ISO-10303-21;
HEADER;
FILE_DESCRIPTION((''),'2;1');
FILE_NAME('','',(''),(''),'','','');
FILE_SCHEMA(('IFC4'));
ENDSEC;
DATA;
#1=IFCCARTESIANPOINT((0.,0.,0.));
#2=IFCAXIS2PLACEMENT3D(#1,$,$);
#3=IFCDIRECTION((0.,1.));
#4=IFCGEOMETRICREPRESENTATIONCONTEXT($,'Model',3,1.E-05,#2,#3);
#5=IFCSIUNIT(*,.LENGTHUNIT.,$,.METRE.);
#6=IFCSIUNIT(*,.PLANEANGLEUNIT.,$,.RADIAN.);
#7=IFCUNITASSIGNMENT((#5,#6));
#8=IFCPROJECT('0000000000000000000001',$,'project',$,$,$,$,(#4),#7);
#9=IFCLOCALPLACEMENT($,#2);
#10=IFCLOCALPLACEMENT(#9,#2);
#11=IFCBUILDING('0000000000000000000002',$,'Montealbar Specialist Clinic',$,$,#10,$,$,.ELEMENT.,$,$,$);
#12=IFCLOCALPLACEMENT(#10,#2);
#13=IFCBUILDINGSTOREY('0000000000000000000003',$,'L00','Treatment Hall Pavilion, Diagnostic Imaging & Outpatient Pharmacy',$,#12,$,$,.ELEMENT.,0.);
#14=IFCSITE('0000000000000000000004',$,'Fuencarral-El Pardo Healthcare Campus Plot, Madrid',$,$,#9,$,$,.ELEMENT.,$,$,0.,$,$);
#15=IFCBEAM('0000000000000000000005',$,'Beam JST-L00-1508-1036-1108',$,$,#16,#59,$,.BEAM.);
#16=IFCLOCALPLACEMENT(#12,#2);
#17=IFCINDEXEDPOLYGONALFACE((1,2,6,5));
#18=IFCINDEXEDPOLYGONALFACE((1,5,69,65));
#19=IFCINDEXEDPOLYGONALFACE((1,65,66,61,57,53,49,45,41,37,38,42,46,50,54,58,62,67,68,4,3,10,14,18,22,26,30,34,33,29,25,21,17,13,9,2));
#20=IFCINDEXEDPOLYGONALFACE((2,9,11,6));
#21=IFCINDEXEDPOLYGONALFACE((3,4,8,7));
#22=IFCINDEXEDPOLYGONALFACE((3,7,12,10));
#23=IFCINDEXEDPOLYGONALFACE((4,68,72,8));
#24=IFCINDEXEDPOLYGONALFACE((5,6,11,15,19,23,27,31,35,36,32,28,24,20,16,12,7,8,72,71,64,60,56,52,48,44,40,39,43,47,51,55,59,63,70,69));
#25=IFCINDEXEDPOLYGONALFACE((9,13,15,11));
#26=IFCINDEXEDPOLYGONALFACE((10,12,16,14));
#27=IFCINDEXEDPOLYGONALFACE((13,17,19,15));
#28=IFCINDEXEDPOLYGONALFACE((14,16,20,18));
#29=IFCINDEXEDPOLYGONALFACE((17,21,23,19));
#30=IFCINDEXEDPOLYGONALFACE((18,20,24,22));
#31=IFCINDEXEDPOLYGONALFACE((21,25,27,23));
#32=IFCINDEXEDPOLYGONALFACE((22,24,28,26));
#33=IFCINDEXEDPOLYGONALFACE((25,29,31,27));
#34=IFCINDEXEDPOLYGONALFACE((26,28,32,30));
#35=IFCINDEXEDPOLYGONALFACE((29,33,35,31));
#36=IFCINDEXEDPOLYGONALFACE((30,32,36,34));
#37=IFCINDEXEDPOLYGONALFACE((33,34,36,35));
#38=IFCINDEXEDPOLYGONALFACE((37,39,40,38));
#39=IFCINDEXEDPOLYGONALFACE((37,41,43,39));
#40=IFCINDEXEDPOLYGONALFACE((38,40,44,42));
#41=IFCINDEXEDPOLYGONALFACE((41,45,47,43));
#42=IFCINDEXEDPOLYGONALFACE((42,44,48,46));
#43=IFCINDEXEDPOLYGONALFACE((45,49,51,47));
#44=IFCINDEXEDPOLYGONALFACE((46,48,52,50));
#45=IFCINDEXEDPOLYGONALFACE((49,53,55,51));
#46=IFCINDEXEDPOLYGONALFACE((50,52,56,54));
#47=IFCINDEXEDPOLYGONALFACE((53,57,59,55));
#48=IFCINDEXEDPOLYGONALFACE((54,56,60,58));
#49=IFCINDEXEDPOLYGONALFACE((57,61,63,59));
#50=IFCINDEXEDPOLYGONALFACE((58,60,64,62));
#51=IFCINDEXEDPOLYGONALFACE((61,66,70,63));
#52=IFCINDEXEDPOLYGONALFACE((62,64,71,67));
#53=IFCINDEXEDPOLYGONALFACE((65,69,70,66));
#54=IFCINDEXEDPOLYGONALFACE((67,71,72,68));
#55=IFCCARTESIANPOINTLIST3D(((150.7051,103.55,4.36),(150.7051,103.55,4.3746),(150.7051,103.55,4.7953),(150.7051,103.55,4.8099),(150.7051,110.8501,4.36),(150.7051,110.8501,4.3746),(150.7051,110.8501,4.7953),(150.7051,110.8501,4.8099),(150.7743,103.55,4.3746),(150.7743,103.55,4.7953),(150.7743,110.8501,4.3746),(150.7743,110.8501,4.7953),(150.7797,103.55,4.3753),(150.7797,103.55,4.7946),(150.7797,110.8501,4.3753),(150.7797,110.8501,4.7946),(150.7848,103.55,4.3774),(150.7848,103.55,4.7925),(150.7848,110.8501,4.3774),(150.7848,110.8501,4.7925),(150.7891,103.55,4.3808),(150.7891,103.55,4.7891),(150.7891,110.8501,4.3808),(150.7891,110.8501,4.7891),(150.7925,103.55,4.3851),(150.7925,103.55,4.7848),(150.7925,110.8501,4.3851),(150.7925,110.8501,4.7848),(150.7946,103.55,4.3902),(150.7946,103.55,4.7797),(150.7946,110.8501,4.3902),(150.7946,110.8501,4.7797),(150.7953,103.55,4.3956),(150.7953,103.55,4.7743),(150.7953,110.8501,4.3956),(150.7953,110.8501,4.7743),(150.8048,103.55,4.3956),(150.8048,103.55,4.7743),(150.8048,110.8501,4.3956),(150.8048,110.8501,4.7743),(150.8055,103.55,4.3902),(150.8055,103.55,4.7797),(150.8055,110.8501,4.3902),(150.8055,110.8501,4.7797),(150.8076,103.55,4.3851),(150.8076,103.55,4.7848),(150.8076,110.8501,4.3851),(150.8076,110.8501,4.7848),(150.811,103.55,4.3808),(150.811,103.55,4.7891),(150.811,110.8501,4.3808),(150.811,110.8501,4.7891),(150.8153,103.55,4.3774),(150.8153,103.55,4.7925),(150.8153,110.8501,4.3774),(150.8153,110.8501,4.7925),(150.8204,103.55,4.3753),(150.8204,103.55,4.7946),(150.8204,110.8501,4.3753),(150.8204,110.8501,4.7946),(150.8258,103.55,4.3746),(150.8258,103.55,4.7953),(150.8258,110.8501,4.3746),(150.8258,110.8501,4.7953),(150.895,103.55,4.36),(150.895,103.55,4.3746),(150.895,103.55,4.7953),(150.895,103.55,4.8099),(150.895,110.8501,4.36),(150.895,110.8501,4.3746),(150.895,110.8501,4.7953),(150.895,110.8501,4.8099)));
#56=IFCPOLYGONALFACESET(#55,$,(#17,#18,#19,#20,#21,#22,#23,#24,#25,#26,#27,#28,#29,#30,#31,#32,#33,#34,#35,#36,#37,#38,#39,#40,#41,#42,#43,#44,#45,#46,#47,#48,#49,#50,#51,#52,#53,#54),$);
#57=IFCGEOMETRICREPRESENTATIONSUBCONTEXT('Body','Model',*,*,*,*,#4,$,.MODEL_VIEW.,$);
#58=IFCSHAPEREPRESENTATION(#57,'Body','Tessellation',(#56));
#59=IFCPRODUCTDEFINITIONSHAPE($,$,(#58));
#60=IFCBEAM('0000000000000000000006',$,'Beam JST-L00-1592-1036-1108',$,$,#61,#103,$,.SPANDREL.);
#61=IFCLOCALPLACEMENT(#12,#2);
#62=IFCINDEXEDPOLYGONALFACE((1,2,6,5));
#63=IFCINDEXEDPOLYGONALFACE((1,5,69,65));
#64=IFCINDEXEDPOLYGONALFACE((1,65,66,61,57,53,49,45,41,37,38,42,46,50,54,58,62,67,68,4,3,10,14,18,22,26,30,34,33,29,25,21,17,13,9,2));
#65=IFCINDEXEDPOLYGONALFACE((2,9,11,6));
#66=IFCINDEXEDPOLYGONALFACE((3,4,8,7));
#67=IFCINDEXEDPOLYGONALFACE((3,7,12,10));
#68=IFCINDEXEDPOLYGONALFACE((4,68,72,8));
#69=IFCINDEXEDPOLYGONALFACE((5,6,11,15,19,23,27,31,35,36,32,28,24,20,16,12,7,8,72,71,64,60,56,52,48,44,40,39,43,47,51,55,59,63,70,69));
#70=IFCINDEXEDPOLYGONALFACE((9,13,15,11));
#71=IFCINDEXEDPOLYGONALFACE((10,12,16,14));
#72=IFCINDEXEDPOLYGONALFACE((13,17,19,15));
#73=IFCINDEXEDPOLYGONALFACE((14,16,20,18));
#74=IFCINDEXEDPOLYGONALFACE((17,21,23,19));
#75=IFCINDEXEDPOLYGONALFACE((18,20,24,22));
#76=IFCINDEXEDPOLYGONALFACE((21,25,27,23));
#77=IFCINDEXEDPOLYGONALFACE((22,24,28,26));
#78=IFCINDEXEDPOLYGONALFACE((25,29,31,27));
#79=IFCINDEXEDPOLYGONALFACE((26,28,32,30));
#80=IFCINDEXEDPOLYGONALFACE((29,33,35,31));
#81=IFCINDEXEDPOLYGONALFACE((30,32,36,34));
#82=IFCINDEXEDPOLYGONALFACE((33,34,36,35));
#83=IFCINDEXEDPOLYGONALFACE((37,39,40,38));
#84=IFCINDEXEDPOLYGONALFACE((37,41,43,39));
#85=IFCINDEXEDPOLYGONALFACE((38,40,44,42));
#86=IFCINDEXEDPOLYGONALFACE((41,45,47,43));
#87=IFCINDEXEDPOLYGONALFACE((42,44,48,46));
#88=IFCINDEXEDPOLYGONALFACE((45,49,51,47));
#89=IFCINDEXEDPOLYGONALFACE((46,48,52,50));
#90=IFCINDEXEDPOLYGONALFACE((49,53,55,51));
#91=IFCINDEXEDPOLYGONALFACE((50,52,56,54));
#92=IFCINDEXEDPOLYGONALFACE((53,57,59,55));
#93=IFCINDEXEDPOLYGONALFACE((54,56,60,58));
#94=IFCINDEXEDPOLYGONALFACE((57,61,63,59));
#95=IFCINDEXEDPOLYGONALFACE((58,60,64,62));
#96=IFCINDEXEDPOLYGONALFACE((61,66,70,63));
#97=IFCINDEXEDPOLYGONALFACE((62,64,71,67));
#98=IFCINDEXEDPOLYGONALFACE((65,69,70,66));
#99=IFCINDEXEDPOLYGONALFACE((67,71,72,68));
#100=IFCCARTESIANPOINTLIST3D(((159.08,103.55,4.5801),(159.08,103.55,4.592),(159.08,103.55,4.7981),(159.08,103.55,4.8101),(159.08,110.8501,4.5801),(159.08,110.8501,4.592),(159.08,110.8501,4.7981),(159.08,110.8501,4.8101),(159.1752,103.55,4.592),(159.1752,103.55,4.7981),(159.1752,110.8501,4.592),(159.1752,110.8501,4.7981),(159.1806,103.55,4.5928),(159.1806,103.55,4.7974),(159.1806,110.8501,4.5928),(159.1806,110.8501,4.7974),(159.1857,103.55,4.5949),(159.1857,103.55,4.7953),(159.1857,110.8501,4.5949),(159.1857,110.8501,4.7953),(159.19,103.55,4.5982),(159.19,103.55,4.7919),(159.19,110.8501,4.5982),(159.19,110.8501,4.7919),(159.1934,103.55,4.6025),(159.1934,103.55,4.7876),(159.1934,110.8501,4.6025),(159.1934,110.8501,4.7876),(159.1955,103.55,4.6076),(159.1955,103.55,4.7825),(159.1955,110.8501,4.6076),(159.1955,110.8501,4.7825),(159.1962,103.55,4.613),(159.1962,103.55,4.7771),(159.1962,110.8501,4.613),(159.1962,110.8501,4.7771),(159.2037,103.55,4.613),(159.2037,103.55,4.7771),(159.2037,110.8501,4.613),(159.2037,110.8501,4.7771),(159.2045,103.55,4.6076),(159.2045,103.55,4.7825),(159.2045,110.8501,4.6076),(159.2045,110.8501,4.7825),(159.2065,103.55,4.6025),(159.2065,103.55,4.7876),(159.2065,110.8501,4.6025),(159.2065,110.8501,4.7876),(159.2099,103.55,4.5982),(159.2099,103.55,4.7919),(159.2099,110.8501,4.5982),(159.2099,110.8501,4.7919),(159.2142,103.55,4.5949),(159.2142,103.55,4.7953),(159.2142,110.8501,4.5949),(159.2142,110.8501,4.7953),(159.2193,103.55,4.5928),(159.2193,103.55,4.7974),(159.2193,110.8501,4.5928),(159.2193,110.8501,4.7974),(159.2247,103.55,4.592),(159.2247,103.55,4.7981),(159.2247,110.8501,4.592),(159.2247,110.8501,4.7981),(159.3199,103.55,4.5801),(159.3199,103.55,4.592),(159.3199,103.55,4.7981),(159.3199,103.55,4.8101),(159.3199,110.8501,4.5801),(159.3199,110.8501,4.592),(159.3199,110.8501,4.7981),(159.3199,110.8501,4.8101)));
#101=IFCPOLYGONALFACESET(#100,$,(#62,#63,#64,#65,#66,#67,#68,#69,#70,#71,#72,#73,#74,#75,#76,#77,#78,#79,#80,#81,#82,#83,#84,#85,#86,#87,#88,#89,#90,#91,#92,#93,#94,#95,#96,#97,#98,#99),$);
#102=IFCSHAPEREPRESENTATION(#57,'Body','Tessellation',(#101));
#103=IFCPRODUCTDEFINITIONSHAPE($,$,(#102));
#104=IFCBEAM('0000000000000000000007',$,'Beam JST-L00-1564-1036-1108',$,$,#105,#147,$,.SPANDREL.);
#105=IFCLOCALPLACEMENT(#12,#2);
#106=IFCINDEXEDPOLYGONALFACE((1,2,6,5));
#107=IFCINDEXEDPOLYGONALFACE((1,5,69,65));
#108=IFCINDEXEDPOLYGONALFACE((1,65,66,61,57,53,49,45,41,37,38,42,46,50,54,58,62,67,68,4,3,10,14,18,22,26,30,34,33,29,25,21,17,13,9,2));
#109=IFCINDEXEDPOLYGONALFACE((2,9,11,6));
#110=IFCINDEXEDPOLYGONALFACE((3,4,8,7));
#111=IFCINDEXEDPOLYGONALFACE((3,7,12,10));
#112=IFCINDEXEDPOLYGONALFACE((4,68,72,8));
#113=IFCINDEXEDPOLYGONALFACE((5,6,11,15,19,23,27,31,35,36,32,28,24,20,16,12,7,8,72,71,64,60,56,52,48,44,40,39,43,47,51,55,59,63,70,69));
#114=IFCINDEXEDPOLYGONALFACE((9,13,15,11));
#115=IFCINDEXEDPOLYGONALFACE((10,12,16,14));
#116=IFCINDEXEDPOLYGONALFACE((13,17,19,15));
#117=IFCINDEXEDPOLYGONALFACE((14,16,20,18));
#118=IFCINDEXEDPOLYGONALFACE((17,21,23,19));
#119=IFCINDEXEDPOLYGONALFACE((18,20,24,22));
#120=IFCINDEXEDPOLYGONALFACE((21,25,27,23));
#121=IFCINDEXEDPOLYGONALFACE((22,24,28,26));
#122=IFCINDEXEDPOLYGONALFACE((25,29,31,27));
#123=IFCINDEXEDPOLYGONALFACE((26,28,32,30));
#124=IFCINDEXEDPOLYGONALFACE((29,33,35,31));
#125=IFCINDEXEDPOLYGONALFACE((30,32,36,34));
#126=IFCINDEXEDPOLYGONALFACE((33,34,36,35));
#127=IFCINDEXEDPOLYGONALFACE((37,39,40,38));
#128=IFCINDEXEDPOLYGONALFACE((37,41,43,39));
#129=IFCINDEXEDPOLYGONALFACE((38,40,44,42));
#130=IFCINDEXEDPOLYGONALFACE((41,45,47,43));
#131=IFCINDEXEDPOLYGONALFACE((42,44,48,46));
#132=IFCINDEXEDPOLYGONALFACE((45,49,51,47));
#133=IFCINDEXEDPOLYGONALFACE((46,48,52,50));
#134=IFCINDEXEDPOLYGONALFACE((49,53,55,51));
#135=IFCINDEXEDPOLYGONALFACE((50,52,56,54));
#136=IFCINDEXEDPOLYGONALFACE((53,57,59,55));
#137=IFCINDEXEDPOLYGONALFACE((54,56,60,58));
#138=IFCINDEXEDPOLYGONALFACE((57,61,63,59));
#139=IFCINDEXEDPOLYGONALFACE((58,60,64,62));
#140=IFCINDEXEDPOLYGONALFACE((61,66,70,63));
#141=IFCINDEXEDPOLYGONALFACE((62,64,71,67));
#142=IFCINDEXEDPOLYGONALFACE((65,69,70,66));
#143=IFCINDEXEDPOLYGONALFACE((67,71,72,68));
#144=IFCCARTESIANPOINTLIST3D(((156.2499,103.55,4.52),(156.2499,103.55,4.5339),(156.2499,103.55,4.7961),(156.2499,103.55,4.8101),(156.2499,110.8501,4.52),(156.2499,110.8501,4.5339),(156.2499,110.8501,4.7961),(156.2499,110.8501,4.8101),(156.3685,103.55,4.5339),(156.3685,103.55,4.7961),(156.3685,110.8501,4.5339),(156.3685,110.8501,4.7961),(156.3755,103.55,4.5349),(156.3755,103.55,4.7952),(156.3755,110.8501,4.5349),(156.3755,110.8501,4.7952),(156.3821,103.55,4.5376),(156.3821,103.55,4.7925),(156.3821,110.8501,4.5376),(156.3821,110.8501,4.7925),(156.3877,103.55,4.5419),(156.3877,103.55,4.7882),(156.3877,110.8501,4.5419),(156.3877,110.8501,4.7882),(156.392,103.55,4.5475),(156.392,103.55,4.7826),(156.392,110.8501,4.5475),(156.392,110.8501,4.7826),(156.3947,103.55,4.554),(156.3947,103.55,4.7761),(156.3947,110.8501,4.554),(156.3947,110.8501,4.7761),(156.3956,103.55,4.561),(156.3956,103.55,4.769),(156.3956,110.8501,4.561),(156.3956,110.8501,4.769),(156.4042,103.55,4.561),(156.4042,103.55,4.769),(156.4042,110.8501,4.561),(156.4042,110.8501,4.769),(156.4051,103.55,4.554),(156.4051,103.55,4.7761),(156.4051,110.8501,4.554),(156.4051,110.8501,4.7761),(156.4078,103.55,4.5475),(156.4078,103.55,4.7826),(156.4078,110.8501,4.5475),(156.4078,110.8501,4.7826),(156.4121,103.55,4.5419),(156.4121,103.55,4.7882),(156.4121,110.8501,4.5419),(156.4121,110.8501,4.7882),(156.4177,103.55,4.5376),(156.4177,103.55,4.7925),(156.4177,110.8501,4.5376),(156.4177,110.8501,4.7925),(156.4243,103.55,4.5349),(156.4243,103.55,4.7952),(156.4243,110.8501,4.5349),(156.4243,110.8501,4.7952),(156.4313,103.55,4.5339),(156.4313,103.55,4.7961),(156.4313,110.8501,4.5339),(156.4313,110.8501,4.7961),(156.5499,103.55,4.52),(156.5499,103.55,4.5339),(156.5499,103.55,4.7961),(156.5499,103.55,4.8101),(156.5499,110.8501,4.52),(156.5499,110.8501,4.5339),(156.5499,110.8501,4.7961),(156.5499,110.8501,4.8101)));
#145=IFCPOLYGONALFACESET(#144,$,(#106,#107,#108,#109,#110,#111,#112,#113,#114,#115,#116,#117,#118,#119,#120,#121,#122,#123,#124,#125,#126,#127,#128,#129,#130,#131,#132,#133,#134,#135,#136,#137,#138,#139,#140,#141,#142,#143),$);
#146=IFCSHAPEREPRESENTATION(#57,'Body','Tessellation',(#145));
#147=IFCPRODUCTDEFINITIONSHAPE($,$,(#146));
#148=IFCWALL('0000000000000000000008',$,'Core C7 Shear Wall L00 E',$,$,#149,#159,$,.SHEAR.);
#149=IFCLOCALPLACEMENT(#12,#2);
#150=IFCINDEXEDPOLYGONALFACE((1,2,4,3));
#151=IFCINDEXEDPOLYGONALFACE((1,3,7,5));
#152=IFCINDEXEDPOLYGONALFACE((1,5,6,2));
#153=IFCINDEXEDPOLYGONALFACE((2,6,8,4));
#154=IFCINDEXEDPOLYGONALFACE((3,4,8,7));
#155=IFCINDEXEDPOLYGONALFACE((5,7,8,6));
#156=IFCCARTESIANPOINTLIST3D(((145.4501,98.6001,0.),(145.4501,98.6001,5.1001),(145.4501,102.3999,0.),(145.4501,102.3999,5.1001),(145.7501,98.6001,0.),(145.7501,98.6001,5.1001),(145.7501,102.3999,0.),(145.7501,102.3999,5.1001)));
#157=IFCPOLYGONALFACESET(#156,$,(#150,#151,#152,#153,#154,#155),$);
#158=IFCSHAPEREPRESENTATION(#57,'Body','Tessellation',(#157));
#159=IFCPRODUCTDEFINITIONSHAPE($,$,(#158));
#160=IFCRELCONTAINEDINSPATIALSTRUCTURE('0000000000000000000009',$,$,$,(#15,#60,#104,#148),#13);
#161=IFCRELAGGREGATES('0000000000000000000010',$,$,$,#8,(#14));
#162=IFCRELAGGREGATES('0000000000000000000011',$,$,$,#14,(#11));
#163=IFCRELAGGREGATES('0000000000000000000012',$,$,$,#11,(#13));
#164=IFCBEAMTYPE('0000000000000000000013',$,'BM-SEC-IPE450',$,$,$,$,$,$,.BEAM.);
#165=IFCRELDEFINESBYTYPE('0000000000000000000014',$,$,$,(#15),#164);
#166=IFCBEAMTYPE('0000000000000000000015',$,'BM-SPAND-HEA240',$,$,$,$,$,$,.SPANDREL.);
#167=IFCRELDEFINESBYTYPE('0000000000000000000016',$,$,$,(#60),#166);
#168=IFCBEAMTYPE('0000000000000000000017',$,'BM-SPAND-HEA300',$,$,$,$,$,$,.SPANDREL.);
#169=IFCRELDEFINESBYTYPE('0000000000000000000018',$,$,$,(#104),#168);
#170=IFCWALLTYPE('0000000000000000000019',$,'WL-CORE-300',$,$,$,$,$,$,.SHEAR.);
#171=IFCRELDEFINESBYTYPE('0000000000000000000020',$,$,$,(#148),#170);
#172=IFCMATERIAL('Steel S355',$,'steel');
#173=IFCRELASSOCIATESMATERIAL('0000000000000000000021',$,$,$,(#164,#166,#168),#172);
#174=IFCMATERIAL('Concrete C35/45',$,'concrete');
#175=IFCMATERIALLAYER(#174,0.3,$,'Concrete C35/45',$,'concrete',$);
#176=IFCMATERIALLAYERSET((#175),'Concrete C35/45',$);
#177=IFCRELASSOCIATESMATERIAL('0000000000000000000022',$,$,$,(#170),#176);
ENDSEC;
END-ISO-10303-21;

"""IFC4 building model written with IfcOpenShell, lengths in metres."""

from ifc_helpers import new_model, si_unit, direction, frame, frame_2d, origin, origin_2d, place, context, subcontext, project, spatial, rectangle, i_section, extrude, material, layer, layer_set, material_profile, profile_set, type_object, element, save


model = new_model("IFC4")

# Units and contexts
model_context = context("Model", 3, precision=1e-05, world=origin(), true_north=direction((0.0, 1.0)))
body_context = subcontext(model_context, "Body", "Model", "MODEL_VIEW")
ifc_project = project(units=[si_unit("LENGTHUNIT", "METRE"), si_unit("PLANEANGLEUNIT", "RADIAN")], contexts=[model_context])

# Site, building, storey
site_placement = place(None, origin())
site = spatial("IfcSite", under=ifc_project, at=site_placement, Name="Fuencarral-El Pardo Healthcare Campus Plot, Madrid", CompositionType="ELEMENT", RefElevation=0.0)
building_placement = place(site_placement, origin())
building = spatial("IfcBuilding", under=site, at=building_placement, Name="Montealbar Specialist Clinic", CompositionType="ELEMENT")
storey_placement = place(building_placement, origin())
storey = spatial("IfcBuildingStorey", under=building, at=storey_placement, Name="L00", Description="Treatment Hall Pavilion, Diagnostic Imaging & Outpatient Pharmacy", CompositionType="ELEMENT", Elevation=0.0)

# Shared definitions
ifc_material_1 = material(Name="Concrete C35/45", Category="concrete")
ifc_material_2 = material(Name="Steel S355", Category="steel")

# Beams
ifc_material_profile_1 = material_profile(ifc_material_2, i_section(OverallWidth=0.1899, OverallDepth=0.45, WebThickness=0.0095, FlangeThickness=0.0146, FilletRadius=0.021, at=origin_2d()), Name="IPE 450", Category="steel")
ifc_profile_set_1 = profile_set([ifc_material_profile_1], Name="Steel S355")
beam_type_1 = type_object("IfcBeamType", Name="BM-SEC-IPE450", PredefinedType="BEAM", material=ifc_profile_set_1)
beam_1_placement = place(storey_placement, frame((150.8, 103.55, 4.585), z_axis=(0.0, 1.0, 0.0), x_axis=(-1.0, 0.0, 0.0)))
element("IfcBeam", 1, at=beam_1_placement, inside=storey, type_object=beam_type_1, Name="Beam JST-L00-1508-1036-1108", PredefinedType="BEAM", context=body_context, shape_type="SweptSolid", body=[
    extrude(i_section(OverallWidth=0.1899, OverallDepth=0.45, WebThickness=0.0095, FlangeThickness=0.0146, FilletRadius=0.021, at=origin_2d()), origin(), (0.0, 0.0, 1.0), 7.3),
])
ifc_material_profile_2 = material_profile(ifc_material_2, i_section(OverallWidth=0.24, OverallDepth=0.23, WebThickness=0.0076, FlangeThickness=0.012, FilletRadius=0.021, at=origin_2d()), Name="HEA 240", Category="steel")
ifc_profile_set_2 = profile_set([ifc_material_profile_2], Name="Steel S355")
beam_type_2 = type_object("IfcBeamType", Name="BM-SPAND-HEA240", PredefinedType="SPANDREL", material=ifc_profile_set_2)
beam_2_placement = place(storey_placement, frame((159.2, 103.55, 4.6951), z_axis=(0.0, 1.0, 0.0), x_axis=(-1.0, 0.0, 0.0)))
element("IfcBeam", 2, at=beam_2_placement, inside=storey, type_object=beam_type_2, Name="Beam JST-L00-1592-1036-1108", PredefinedType="SPANDREL", context=body_context, shape_type="SweptSolid", body=[
    extrude(i_section(OverallWidth=0.24, OverallDepth=0.23, WebThickness=0.0076, FlangeThickness=0.012, FilletRadius=0.021, at=origin_2d()), origin(), (0.0, 0.0, 1.0), 7.3),
])
ifc_material_profile_3 = material_profile(ifc_material_2, i_section(OverallWidth=0.3, OverallDepth=0.29, WebThickness=0.0085, FlangeThickness=0.0139, FilletRadius=0.0271, at=origin_2d()), Name="HEA 300", Category="steel")
ifc_profile_set_3 = profile_set([ifc_material_profile_3], Name="Steel S355")
beam_type_3 = type_object("IfcBeamType", Name="BM-SPAND-HEA300", PredefinedType="SPANDREL", material=ifc_profile_set_3)
beam_3_placement = place(storey_placement, frame((156.3999, 103.55, 4.665), z_axis=(0.0, 1.0, 0.0), x_axis=(-1.0, 0.0, 0.0)))
element("IfcBeam", 3, at=beam_3_placement, inside=storey, type_object=beam_type_3, Name="Beam JST-L00-1564-1036-1108", PredefinedType="SPANDREL", context=body_context, shape_type="SweptSolid", body=[
    extrude(i_section(OverallWidth=0.3, OverallDepth=0.29, WebThickness=0.0085, FlangeThickness=0.0139, FilletRadius=0.0271, at=origin_2d()), origin(), (0.0, 0.0, 1.0), 7.3),
])

# Wall
ifc_layer_1 = layer(ifc_material_1, 0.3, Name="Concrete C35/45", Category="concrete")
ifc_layer_set_1 = layer_set([ifc_layer_1], Name="Concrete C35/45")
wall_type_1 = type_object("IfcWallType", Name="WL-CORE-300", PredefinedType="SHEAR", material=ifc_layer_set_1)
wall_1_placement = place(storey_placement, frame((145.6001, 98.6001, 0.0), z_axis=(0.0, 0.0, 1.0), x_axis=(0.0, 1.0, 0.0)))
element("IfcWall", 4, at=wall_1_placement, inside=storey, type_object=wall_type_1, Name="Core C7 Shear Wall L00 E", PredefinedType="SHEAR", context=body_context, shape_type="SweptSolid", body=[
    extrude(rectangle(XDim=3.7998, YDim=0.3, at=frame_2d((1.8999, 0.0))), origin(), (0.0, 0.0, 1.0), 5.1001),
])

save(model, "model.ifc")
